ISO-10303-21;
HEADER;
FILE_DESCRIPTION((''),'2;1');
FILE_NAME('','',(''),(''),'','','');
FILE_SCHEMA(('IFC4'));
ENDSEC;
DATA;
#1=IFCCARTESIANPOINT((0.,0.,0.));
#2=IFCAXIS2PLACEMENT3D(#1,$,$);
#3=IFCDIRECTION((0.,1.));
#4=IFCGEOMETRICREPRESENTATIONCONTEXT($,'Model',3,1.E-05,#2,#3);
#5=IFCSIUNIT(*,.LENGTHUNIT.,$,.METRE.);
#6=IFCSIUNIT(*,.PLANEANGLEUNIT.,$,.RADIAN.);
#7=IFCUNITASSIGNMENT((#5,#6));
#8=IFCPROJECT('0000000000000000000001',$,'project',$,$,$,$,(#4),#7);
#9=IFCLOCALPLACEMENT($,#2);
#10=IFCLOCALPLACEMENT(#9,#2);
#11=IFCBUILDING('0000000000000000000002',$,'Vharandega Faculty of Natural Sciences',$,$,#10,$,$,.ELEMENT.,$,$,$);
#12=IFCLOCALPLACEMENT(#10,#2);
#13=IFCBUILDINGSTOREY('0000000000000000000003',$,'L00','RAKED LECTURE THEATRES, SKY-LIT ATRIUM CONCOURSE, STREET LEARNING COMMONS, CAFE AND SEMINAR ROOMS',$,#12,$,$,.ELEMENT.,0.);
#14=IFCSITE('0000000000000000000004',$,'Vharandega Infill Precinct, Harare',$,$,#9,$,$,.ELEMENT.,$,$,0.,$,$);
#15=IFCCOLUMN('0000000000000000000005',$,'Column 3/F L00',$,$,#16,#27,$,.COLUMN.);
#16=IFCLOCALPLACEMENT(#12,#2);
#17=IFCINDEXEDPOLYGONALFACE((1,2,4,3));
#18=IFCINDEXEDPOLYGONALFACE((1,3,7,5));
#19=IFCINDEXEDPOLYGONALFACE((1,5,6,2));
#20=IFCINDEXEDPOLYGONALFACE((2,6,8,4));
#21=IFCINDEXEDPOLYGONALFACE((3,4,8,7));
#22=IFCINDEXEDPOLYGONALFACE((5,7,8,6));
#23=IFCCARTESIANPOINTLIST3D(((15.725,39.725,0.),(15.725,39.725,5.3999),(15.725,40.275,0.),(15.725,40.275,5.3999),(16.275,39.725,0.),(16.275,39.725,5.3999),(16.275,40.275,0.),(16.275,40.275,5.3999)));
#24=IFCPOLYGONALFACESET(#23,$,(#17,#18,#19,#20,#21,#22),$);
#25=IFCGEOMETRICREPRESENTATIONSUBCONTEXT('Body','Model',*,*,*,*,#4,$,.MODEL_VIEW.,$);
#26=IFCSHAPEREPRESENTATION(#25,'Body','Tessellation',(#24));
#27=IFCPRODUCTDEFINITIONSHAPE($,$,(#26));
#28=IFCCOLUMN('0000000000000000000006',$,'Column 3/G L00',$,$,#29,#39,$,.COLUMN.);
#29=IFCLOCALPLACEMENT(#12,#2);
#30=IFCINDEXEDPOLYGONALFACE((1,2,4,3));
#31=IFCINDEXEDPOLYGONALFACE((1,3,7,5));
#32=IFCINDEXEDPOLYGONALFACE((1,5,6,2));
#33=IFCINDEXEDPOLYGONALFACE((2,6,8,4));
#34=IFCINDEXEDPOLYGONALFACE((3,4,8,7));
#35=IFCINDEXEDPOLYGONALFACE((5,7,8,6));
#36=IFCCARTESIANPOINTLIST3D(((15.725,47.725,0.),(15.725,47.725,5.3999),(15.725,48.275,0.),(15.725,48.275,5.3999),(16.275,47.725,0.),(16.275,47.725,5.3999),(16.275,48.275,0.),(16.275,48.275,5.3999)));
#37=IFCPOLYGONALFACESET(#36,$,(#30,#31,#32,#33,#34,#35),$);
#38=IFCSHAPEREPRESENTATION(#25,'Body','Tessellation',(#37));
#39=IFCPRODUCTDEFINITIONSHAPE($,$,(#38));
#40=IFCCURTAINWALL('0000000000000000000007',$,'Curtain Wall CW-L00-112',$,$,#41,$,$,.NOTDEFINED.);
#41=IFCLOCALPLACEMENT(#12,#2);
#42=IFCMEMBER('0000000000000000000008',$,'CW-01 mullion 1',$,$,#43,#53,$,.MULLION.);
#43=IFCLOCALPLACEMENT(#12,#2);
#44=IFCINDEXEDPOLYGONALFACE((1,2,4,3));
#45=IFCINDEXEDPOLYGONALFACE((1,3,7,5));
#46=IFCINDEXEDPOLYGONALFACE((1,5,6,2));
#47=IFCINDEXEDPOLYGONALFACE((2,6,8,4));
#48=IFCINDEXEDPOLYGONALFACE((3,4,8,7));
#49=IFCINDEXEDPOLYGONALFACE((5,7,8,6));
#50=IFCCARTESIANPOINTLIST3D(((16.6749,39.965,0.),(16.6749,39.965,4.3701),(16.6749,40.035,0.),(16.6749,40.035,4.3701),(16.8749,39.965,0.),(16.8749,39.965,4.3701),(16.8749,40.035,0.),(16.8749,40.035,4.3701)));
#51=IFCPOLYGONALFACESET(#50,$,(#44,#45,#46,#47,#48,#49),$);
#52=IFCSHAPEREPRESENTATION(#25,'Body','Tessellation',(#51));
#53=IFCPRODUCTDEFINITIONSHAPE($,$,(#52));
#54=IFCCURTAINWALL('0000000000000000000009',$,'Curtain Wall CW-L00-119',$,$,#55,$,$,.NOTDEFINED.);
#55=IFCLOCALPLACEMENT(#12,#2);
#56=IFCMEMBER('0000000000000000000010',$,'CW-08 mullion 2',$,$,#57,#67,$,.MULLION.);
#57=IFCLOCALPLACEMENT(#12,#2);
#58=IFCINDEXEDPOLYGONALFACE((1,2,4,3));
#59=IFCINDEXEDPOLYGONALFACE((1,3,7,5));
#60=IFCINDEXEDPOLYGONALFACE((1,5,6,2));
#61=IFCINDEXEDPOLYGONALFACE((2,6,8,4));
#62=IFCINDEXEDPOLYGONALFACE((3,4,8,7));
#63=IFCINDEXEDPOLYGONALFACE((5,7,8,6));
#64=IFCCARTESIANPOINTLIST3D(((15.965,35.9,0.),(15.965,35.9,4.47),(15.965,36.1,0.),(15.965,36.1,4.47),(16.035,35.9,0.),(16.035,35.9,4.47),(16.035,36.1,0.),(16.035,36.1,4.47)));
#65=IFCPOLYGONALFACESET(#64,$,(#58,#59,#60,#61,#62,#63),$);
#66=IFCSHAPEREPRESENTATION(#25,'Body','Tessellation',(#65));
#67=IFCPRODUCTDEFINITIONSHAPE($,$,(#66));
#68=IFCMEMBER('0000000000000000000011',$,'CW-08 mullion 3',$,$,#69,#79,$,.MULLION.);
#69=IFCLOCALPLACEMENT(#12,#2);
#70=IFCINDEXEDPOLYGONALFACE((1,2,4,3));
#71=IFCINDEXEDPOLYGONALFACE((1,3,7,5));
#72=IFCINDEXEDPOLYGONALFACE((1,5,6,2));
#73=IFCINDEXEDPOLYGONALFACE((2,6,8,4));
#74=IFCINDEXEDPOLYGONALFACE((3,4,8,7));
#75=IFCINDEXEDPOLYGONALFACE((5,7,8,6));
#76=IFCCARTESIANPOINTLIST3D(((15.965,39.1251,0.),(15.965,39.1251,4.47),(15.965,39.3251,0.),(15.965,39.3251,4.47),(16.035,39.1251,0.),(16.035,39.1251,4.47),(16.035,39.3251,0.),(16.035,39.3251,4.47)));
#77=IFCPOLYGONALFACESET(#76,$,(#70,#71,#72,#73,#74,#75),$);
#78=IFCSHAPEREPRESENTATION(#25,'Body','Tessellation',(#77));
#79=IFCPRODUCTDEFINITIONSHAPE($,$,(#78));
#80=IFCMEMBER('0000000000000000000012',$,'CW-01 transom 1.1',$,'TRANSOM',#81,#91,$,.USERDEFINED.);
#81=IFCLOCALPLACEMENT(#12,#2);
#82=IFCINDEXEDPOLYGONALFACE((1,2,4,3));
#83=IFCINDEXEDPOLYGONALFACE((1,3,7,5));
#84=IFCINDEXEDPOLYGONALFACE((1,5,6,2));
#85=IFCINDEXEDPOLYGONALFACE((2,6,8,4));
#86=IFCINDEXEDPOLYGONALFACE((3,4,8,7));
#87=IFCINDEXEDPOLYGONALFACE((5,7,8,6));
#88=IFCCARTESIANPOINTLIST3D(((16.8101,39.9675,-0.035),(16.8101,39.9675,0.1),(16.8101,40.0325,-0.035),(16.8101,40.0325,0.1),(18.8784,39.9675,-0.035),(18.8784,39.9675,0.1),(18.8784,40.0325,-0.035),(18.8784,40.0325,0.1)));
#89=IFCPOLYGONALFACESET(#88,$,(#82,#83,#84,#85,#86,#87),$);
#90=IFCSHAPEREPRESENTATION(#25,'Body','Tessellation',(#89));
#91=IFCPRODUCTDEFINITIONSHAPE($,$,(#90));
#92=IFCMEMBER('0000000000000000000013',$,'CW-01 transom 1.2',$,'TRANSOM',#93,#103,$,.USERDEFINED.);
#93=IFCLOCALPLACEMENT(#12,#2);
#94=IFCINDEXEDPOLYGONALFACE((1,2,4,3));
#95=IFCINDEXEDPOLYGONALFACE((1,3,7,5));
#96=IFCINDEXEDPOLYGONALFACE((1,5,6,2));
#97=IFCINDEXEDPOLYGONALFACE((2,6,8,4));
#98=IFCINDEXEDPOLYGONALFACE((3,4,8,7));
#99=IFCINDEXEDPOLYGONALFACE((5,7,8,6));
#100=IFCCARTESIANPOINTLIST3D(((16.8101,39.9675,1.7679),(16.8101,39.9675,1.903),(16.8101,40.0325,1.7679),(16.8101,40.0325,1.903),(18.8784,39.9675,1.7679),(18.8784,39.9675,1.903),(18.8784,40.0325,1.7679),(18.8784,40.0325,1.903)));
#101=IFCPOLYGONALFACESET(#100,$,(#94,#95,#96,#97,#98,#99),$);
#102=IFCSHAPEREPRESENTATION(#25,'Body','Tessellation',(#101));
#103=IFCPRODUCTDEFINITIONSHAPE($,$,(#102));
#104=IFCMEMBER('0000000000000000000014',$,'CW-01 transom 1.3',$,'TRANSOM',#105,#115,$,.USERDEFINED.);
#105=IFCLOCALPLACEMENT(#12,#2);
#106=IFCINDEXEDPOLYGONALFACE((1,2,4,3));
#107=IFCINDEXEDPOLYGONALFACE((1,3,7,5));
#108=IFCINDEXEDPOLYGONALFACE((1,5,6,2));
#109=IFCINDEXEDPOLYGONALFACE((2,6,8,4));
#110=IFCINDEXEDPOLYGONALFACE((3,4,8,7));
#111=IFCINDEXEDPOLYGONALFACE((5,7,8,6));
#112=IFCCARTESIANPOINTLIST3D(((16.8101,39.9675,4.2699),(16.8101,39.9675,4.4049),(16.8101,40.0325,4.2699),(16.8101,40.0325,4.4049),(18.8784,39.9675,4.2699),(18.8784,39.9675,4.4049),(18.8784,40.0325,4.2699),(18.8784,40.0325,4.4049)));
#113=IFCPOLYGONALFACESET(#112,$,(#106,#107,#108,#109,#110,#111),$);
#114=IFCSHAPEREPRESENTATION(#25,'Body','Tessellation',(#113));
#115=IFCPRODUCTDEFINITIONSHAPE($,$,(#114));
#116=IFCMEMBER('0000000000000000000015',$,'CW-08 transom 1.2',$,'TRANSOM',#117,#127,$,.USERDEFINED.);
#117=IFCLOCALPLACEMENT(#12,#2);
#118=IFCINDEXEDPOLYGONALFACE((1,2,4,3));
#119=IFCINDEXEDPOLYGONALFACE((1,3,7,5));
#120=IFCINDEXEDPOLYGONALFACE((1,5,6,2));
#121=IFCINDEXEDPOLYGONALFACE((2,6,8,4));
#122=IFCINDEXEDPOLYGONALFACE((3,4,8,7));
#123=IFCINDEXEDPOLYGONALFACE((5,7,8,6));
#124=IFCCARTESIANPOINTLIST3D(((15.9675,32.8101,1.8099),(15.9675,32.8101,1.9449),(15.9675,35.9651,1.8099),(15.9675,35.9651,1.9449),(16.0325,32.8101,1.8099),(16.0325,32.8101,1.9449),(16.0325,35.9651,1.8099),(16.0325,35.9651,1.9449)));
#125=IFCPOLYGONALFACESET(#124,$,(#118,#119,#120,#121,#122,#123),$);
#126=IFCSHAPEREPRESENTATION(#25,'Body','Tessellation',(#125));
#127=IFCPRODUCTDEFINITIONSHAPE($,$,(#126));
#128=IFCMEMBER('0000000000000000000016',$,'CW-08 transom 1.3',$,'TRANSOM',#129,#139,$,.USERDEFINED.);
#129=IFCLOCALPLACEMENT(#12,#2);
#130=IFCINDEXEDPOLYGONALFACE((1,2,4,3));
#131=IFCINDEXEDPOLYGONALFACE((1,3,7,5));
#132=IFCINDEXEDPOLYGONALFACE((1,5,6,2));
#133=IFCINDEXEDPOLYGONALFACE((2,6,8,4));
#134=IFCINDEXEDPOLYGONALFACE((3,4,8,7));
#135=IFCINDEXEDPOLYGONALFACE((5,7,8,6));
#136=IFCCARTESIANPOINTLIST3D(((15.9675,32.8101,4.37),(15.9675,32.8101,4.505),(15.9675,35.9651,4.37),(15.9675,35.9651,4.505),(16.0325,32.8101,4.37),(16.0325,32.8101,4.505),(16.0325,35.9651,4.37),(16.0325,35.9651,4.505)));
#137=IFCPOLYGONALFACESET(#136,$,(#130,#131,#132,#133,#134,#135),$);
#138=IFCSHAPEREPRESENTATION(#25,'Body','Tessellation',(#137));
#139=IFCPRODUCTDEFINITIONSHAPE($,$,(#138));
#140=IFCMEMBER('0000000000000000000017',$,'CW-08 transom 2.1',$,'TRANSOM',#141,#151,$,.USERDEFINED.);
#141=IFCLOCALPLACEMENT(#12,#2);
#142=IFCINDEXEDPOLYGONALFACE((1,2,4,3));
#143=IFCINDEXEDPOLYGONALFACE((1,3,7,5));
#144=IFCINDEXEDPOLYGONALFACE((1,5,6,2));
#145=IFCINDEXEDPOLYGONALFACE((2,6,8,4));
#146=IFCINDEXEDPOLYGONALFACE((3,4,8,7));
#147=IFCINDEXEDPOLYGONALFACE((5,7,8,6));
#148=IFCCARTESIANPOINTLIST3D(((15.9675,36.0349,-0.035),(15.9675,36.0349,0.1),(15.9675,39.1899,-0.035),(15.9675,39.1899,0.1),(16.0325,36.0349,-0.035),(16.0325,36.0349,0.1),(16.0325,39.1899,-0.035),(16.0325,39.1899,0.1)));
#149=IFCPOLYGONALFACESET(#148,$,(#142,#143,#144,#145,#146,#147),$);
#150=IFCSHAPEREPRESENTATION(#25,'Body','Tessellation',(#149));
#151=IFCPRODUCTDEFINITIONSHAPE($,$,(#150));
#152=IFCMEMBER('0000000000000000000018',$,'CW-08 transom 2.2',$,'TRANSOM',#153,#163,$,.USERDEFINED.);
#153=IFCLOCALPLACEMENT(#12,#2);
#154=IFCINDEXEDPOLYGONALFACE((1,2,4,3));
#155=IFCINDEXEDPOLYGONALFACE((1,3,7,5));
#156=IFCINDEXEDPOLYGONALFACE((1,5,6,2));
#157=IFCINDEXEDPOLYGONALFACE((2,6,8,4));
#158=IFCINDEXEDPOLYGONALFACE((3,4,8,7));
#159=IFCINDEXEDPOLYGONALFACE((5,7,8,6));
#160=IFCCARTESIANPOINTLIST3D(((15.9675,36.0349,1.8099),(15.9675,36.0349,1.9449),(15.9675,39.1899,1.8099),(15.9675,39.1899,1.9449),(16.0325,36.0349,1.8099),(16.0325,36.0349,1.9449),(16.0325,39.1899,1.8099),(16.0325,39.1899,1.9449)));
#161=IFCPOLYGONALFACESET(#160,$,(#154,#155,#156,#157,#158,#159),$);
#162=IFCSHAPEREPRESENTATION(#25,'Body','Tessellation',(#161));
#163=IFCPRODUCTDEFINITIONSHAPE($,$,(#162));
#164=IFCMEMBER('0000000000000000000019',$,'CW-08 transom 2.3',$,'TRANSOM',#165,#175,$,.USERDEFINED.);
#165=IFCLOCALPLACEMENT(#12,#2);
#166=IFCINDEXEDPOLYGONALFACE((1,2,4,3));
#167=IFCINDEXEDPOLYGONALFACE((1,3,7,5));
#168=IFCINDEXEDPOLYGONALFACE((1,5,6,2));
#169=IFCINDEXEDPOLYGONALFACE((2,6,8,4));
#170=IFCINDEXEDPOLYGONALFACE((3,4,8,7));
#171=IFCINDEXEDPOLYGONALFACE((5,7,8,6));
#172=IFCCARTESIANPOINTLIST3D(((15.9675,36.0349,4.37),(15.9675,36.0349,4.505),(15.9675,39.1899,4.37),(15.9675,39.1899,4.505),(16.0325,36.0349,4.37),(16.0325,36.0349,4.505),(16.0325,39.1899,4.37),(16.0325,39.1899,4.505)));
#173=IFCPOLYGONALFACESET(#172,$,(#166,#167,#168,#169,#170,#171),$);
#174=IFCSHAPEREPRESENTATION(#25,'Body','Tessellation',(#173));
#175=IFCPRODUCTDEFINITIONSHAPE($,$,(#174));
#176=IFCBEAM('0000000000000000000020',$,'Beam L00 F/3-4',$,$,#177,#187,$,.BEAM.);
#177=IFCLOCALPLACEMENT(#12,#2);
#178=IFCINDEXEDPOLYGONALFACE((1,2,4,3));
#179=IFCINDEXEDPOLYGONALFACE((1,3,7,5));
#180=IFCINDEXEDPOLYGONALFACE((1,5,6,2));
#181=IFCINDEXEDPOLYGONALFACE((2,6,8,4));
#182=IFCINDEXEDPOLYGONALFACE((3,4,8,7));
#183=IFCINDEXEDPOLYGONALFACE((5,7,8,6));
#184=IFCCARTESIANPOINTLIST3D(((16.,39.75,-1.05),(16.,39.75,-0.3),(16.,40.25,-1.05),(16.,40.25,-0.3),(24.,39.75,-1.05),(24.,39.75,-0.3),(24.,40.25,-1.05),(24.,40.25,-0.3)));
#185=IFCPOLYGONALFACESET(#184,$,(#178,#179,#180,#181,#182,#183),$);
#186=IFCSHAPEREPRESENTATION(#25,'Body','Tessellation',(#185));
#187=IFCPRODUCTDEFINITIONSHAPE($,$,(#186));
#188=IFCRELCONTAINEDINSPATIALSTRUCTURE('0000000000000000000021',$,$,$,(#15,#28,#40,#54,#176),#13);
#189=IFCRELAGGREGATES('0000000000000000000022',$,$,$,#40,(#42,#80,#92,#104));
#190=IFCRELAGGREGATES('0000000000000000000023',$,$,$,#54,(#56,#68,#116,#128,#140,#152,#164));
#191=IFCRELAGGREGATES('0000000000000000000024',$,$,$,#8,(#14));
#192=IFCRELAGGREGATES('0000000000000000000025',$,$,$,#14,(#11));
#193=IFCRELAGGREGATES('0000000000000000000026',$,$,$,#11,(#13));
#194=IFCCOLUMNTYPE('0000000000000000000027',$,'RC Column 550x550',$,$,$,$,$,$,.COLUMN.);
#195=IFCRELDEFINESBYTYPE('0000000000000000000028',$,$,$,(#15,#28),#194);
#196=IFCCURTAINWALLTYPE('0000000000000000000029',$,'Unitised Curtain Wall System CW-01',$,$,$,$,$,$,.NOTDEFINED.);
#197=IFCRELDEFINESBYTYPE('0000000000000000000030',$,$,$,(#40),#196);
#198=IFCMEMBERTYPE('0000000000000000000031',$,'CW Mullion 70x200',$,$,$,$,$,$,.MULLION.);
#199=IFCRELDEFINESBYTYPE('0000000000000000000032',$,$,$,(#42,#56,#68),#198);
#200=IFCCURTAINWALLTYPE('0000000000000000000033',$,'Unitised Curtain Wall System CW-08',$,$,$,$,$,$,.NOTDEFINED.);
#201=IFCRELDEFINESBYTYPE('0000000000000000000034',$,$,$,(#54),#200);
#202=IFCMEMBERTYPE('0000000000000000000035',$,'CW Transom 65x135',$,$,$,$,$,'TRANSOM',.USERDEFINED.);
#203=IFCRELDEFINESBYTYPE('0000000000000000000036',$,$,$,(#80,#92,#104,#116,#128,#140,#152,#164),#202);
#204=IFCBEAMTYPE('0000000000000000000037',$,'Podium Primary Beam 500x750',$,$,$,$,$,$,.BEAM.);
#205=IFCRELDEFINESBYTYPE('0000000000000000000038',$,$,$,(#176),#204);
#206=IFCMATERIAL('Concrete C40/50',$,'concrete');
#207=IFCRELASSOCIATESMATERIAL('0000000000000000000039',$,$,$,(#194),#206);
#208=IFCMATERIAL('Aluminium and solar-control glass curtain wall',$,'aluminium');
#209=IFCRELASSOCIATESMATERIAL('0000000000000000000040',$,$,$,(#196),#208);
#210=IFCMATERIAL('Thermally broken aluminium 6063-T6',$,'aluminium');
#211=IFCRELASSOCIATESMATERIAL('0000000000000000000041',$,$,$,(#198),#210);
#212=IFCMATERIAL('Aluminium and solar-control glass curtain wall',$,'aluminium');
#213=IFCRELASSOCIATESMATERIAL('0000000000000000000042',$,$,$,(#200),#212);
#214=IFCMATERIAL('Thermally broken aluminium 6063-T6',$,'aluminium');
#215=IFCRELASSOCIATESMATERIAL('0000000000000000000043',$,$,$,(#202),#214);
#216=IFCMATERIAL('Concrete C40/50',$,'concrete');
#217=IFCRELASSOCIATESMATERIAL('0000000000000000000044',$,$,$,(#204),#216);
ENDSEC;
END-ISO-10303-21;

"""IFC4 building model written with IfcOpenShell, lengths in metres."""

from ifc_helpers import new_model, si_unit, direction, frame, origin, origin_2d, place, context, subcontext, project, spatial, rectangle, extrude, material, material_profile, profile_set, type_object, element, aggregate, save


model = new_model("IFC4")

# Units and contexts
model_context = context("Model", 3, precision=1e-05, world=origin(), true_north=direction((0.0, 1.0)))
body_context = subcontext(model_context, "Body", "Model", "MODEL_VIEW")
ifc_project = project(units=[si_unit("LENGTHUNIT", "METRE"), si_unit("PLANEANGLEUNIT", "RADIAN")], contexts=[model_context])

# Site, building, storey
site_placement = place(None, origin())
site = spatial("IfcSite", under=ifc_project, at=site_placement, Name="Vharandega Infill Precinct, Harare", CompositionType="ELEMENT", RefElevation=0.0)
building_placement = place(site_placement, origin())
building = spatial("IfcBuilding", under=site, at=building_placement, Name="Vharandega Faculty of Natural Sciences", CompositionType="ELEMENT")
storey_placement = place(building_placement, origin())
storey = spatial("IfcBuildingStorey", under=building, at=storey_placement, Name="L00", Description="RAKED LECTURE THEATRES, SKY-LIT ATRIUM CONCOURSE, STREET LEARNING COMMONS, CAFE AND SEMINAR ROOMS", CompositionType="ELEMENT", Elevation=0.0)

# Columns
ifc_material_1 = material(Name="Concrete C40/50", Category="concrete")
ifc_material_profile_1 = material_profile(ifc_material_1, rectangle(XDim=0.55, YDim=0.55, at=origin_2d()), Name="RC 550x550")
ifc_profile_set_1 = profile_set([ifc_material_profile_1], Name="Concrete C40/50")
column_type = type_object("IfcColumnType", Name="RC Column 550x550", PredefinedType="COLUMN", material=ifc_profile_set_1)
for number, where, z_axis, x_axis, name in (
    (1, (16.0, 40.0, 0.0), (0.0, 0.0, 1.0), (1.0, 0.0, 0.0), "Column 3/F L00"),
    (2, (16.0, 48.0, 0.0), (0.0, 0.0, 1.0), (1.0, 0.0, 0.0), "Column 3/G L00"),
):
    element("IfcColumn", number, at=place(storey_placement, frame(where, z_axis=z_axis, x_axis=x_axis)), inside=storey, type_object=column_type, Name=name, PredefinedType="COLUMN", context=body_context, shape_type="SweptSolid", body=[
        extrude(rectangle(XDim=0.55, YDim=0.55, at=origin_2d()), origin(), (0.0, 0.0, 1.0), 5.3999),
    ])

# Curtain wall, member
ifc_material_2 = material(Name="Aluminium and solar-control glass curtain wall", Category="aluminium")
curtain_wall_type_1 = type_object("IfcCurtainWallType", Name="Unitised Curtain Wall System CW-01", PredefinedType="NOTDEFINED", material=ifc_material_2)
curtain_wall_1_placement = place(storey_placement, origin())
curtain_wall_1 = element("IfcCurtainWall", 3, at=curtain_wall_1_placement, inside=storey, type_object=curtain_wall_type_1, Name="Curtain Wall CW-L00-112", PredefinedType="NOTDEFINED")
ifc_material_3 = material(Name="Thermally broken aluminium 6063-T6", Category="aluminium")
ifc_material_profile_2 = material_profile(ifc_material_3, rectangle(XDim=0.0701, YDim=0.2, at=origin_2d()), Name="ALU 70x200")
ifc_profile_set_2 = profile_set([ifc_material_profile_2], Name="Thermally broken aluminium 6063-T6")
member_type_1 = type_object("IfcMemberType", Name="CW Mullion 70x200", PredefinedType="MULLION", material=ifc_profile_set_2)
member_1_placement = place(storey_placement, frame((16.7749, 40.0, 0.0), z_axis=(0.0, 0.0, 1.0), x_axis=(0.0, 1.0, 0.0)))
member_1 = element("IfcMember", 4, at=member_1_placement, type_object=member_type_1, Name="CW-01 mullion 1", PredefinedType="MULLION", context=body_context, shape_type="SweptSolid", body=[
    extrude(rectangle(XDim=0.0701, YDim=0.2, at=origin_2d()), origin(), (0.0, 0.0, 1.0), 4.3701),
])

# Curtain wall, members
ifc_material_4 = material(Name="Aluminium and solar-control glass curtain wall", Category="aluminium")
curtain_wall_type_2 = type_object("IfcCurtainWallType", Name="Unitised Curtain Wall System CW-08", PredefinedType="NOTDEFINED", material=ifc_material_4)
curtain_wall_2_placement = place(storey_placement, origin())
curtain_wall_2 = element("IfcCurtainWall", 5, at=curtain_wall_2_placement, inside=storey, type_object=curtain_wall_type_2, Name="Curtain Wall CW-L00-119", PredefinedType="NOTDEFINED")
member_2_placement = place(storey_placement, frame((16.0, 36.0, 0.0), z_axis=(0.0, 0.0, 1.0), x_axis=(-1.0, 0.0, 0.0)))
member_2 = element("IfcMember", 6, at=member_2_placement, type_object=member_type_1, Name="CW-08 mullion 2", PredefinedType="MULLION", context=body_context, shape_type="SweptSolid", body=[
    extrude(rectangle(XDim=0.0701, YDim=0.2, at=origin_2d()), origin(), (0.0, 0.0, 1.0), 4.47),
])
member_3_placement = place(storey_placement, frame((16.0, 39.2251, 0.0), z_axis=(0.0, 0.0, 1.0), x_axis=(-1.0, 0.0, 0.0)))
member_3 = element("IfcMember", 7, at=member_3_placement, type_object=member_type_1, Name="CW-08 mullion 3", PredefinedType="MULLION", context=body_context, shape_type="SweptSolid", body=[
    extrude(rectangle(XDim=0.0701, YDim=0.2, at=origin_2d()), origin(), (0.0, 0.0, 1.0), 4.47),
])

# Members
ifc_material_5 = material(Name="Thermally broken aluminium 6063-T6", Category="aluminium")
ifc_material_profile_3 = material_profile(ifc_material_5, rectangle(XDim=0.0649, YDim=0.135, at=origin_2d()), Name="ALU 65x135")
ifc_profile_set_3 = profile_set([ifc_material_profile_3], Name="Thermally broken aluminium 6063-T6")
member_type_2 = type_object("IfcMemberType", Name="CW Transom 65x135", ElementType="TRANSOM", PredefinedType="USERDEFINED", material=ifc_profile_set_3)
member_4_placement = place(storey_placement, frame((16.8101, 40.0, 0.0325), z_axis=(1.0, 0.0, 0.0), x_axis=(0.0, 1.0, 0.0)))
member_4 = element("IfcMember", 8, at=member_4_placement, type_object=member_type_2, Name="CW-01 transom 1.1", ObjectType="TRANSOM", PredefinedType="USERDEFINED", context=body_context, shape_type="SweptSolid", body=[
    extrude(rectangle(XDim=0.0649, YDim=0.135, at=origin_2d()), origin(), (0.0, 0.0, 1.0), 2.0684),
])
member_5_placement = place(storey_placement, frame((16.8101, 40.0, 1.8354), z_axis=(1.0, 0.0, 0.0), x_axis=(0.0, 1.0, 0.0)))
member_5 = element("IfcMember", 9, at=member_5_placement, type_object=member_type_2, Name="CW-01 transom 1.2", ObjectType="TRANSOM", PredefinedType="USERDEFINED", context=body_context, shape_type="SweptSolid", body=[
    extrude(rectangle(XDim=0.0649, YDim=0.135, at=origin_2d()), origin(), (0.0, 0.0, 1.0), 2.0684),
])
member_6_placement = place(storey_placement, frame((16.8101, 40.0, 4.3374), z_axis=(1.0, 0.0, 0.0), x_axis=(0.0, 1.0, 0.0)))
member_6 = element("IfcMember", 10, at=member_6_placement, type_object=member_type_2, Name="CW-01 transom 1.3", ObjectType="TRANSOM", PredefinedType="USERDEFINED", context=body_context, shape_type="SweptSolid", body=[
    extrude(rectangle(XDim=0.0649, YDim=0.135, at=origin_2d()), origin(), (0.0, 0.0, 1.0), 2.0684),
])
aggregate(curtain_wall_1, [member_1, member_4, member_5, member_6])
member_7_placement = place(storey_placement, frame((16.0, 32.8101, 1.8774), z_axis=(0.0, 1.0, 0.0), x_axis=(-1.0, 0.0, 0.0)))
member_7 = element("IfcMember", 11, at=member_7_placement, type_object=member_type_2, Name="CW-08 transom 1.2", ObjectType="TRANSOM", PredefinedType="USERDEFINED", context=body_context, shape_type="SweptSolid", body=[
    extrude(rectangle(XDim=0.0649, YDim=0.135, at=origin_2d()), origin(), (0.0, 0.0, 1.0), 3.155),
])
member_8_placement = place(storey_placement, frame((16.0, 32.8101, 4.4375), z_axis=(0.0, 1.0, 0.0), x_axis=(-1.0, 0.0, 0.0)))
member_8 = element("IfcMember", 12, at=member_8_placement, type_object=member_type_2, Name="CW-08 transom 1.3", ObjectType="TRANSOM", PredefinedType="USERDEFINED", context=body_context, shape_type="SweptSolid", body=[
    extrude(rectangle(XDim=0.0649, YDim=0.135, at=origin_2d()), origin(), (0.0, 0.0, 1.0), 3.155),
])
member_9_placement = place(storey_placement, frame((16.0, 36.0349, 0.0325), z_axis=(0.0, 1.0, 0.0), x_axis=(-1.0, 0.0, 0.0)))
member_9 = element("IfcMember", 13, at=member_9_placement, type_object=member_type_2, Name="CW-08 transom 2.1", ObjectType="TRANSOM", PredefinedType="USERDEFINED", context=body_context, shape_type="SweptSolid", body=[
    extrude(rectangle(XDim=0.0649, YDim=0.135, at=origin_2d()), origin(), (0.0, 0.0, 1.0), 3.155),
])
member_10_placement = place(storey_placement, frame((16.0, 36.0349, 1.8774), z_axis=(0.0, 1.0, 0.0), x_axis=(-1.0, 0.0, 0.0)))
member_10 = element("IfcMember", 14, at=member_10_placement, type_object=member_type_2, Name="CW-08 transom 2.2", ObjectType="TRANSOM", PredefinedType="USERDEFINED", context=body_context, shape_type="SweptSolid", body=[
    extrude(rectangle(XDim=0.0649, YDim=0.135, at=origin_2d()), origin(), (0.0, 0.0, 1.0), 3.155),
])
member_11_placement = place(storey_placement, frame((16.0, 36.0349, 4.4375), z_axis=(0.0, 1.0, 0.0), x_axis=(-1.0, 0.0, 0.0)))
member_11 = element("IfcMember", 15, at=member_11_placement, type_object=member_type_2, Name="CW-08 transom 2.3", ObjectType="TRANSOM", PredefinedType="USERDEFINED", context=body_context, shape_type="SweptSolid", body=[
    extrude(rectangle(XDim=0.0649, YDim=0.135, at=origin_2d()), origin(), (0.0, 0.0, 1.0), 3.155),
])

# Beam
ifc_material_6 = material(Name="Concrete C40/50", Category="concrete")
ifc_material_profile_4 = material_profile(ifc_material_6, rectangle(XDim=0.5, YDim=0.75, at=origin_2d()), Name="RC 500x750")
ifc_profile_set_4 = profile_set([ifc_material_profile_4], Name="Concrete C40/50")
beam_type_1 = type_object("IfcBeamType", Name="Podium Primary Beam 500x750", PredefinedType="BEAM", material=ifc_profile_set_4)
beam_1_placement = place(storey_placement, frame((16.0, 40.0, -0.675), z_axis=(1.0, 0.0, 0.0), x_axis=(0.0, 1.0, 0.0)))
element("IfcBeam", 16, at=beam_1_placement, inside=storey, type_object=beam_type_1, Name="Beam L00 F/3-4", PredefinedType="BEAM", context=body_context, shape_type="SweptSolid", body=[
    extrude(rectangle(XDim=0.5, YDim=0.75, at=origin_2d()), origin(), (0.0, 0.0, 1.0), 8.0),
])

aggregate(curtain_wall_2, [member_2, member_3, member_7, member_8, member_9, member_10, member_11])

save(model, "model.ifc")
